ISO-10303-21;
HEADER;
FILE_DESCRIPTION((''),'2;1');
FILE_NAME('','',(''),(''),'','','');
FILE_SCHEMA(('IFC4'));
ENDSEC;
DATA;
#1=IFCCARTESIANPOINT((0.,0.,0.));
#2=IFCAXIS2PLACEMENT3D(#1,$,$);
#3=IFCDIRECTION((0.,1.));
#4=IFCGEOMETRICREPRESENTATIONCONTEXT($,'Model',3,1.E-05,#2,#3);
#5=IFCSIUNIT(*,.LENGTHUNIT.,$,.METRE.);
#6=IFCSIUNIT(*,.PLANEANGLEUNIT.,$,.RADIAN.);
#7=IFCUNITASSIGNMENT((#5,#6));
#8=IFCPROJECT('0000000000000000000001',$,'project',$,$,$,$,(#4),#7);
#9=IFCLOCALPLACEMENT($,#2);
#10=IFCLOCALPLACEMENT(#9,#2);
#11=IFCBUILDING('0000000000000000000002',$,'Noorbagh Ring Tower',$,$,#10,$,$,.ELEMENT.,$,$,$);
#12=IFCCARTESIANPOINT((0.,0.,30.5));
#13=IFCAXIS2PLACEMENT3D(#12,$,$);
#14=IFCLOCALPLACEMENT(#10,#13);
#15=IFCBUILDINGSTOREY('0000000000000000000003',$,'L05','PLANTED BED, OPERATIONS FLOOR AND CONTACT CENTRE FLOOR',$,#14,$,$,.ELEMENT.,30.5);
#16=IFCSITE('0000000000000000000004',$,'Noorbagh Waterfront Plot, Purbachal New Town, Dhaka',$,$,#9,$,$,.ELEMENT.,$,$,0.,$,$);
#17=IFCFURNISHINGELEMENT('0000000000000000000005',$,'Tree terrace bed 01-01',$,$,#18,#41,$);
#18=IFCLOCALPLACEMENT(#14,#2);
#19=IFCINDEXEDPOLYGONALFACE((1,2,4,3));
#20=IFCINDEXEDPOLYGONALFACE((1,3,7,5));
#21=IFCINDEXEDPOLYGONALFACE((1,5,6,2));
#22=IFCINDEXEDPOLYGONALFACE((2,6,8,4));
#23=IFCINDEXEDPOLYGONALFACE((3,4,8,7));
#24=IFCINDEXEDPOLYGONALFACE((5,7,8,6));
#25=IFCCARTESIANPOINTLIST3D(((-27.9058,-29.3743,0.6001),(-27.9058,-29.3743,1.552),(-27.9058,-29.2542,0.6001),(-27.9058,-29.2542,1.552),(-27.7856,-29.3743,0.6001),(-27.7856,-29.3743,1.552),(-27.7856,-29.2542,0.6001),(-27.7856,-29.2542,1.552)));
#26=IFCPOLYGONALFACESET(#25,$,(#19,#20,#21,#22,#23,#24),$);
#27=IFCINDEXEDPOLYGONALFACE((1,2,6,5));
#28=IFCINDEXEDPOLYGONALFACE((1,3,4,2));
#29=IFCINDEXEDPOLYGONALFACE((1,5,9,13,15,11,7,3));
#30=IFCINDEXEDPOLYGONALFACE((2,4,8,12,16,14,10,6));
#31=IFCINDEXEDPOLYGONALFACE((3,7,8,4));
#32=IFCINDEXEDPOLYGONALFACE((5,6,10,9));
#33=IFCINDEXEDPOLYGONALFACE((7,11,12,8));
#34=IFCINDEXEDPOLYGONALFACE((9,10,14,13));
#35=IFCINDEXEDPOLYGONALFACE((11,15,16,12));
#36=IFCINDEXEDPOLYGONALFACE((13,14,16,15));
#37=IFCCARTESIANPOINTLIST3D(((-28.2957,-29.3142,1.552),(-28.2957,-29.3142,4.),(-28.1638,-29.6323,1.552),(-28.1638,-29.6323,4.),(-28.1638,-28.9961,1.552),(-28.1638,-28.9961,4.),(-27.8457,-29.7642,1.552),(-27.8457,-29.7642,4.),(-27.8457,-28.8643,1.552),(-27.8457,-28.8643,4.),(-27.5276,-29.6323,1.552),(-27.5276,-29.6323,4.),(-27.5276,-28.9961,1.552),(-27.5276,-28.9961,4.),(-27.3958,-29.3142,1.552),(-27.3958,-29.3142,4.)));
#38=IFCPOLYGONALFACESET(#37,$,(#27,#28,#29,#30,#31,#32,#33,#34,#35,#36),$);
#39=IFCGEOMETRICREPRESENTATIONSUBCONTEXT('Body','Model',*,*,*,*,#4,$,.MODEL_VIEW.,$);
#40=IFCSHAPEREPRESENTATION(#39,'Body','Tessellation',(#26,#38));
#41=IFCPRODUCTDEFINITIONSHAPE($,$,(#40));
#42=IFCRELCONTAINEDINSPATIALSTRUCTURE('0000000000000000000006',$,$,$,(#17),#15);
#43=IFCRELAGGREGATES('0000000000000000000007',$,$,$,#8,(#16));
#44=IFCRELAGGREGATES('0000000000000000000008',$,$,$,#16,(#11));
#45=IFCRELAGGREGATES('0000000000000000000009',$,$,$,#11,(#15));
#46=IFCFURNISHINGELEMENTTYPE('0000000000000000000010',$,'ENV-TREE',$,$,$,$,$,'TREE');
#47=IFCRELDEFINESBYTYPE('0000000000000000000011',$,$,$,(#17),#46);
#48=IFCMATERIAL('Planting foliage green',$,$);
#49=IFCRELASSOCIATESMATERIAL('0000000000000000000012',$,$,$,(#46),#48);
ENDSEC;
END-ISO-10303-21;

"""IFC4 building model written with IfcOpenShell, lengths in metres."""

from ifc_helpers import new_model, si_unit, direction, frame, origin, origin_2d, place, context, subcontext, project, spatial, polyline, rectangle, outline, extrude, material, type_object, element, save


model = new_model("IFC4")

# Units and contexts
model_context = context("Model", 3, precision=1e-05, world=origin(), true_north=direction((0.0, 1.0)))
body_context = subcontext(model_context, "Body", "Model", "MODEL_VIEW")
ifc_project = project(units=[si_unit("LENGTHUNIT", "METRE"), si_unit("PLANEANGLEUNIT", "RADIAN")], contexts=[model_context])

# Site, building, storey
site_placement = place(None, origin())
site = spatial("IfcSite", under=ifc_project, at=site_placement, Name="Noorbagh Waterfront Plot, Purbachal New Town, Dhaka", CompositionType="ELEMENT", RefElevation=0.0)
building_placement = place(site_placement, origin())
building = spatial("IfcBuilding", under=site, at=building_placement, Name="Noorbagh Ring Tower", CompositionType="ELEMENT")
storey_placement = place(building_placement, frame((0.0, 0.0, 30.5)))
storey = spatial("IfcBuildingStorey", under=building, at=storey_placement, Name="L05", Description="PLANTED BED, OPERATIONS FLOOR AND CONTACT CENTRE FLOOR", CompositionType="ELEMENT", Elevation=30.5)

# Furnishing element
ifc_material_1 = material(Name="Planting foliage green")
furnishing_element_type = type_object("IfcFurnishingElementType", Name="ENV-TREE", ElementType="TREE", material=ifc_material_1)
furnishing_placement = place(storey_placement, frame((-27.8457, -29.3142, 0.6001), z_axis=(0.0, 0.0, 1.0), x_axis=(1.0, 0.0, 0.0)))
element("IfcFurnishingElement", 1, at=furnishing_placement, inside=storey, type_object=furnishing_element_type, Name="Tree terrace bed 01-01", context=body_context, shape_type="SweptSolid", body=[
    extrude(rectangle(XDim=0.1201, YDim=0.1201, at=origin_2d()), origin(), (0.0, 0.0, 1.0), 0.9519),
    extrude(outline(polyline([(0.45, 0.0), (0.3181, 0.3181), (0.0, 0.45), (-0.3181, 0.3181), (-0.45, 0.0), (-0.3181, -0.3181), (0.0, -0.45), (0.3181, -0.3181), (0.45, 0.0)])), frame((0.0, 0.0, 0.9519)), (0.0, 0.0, 1.0), 2.448),
])

save(model, "model.ifc")
